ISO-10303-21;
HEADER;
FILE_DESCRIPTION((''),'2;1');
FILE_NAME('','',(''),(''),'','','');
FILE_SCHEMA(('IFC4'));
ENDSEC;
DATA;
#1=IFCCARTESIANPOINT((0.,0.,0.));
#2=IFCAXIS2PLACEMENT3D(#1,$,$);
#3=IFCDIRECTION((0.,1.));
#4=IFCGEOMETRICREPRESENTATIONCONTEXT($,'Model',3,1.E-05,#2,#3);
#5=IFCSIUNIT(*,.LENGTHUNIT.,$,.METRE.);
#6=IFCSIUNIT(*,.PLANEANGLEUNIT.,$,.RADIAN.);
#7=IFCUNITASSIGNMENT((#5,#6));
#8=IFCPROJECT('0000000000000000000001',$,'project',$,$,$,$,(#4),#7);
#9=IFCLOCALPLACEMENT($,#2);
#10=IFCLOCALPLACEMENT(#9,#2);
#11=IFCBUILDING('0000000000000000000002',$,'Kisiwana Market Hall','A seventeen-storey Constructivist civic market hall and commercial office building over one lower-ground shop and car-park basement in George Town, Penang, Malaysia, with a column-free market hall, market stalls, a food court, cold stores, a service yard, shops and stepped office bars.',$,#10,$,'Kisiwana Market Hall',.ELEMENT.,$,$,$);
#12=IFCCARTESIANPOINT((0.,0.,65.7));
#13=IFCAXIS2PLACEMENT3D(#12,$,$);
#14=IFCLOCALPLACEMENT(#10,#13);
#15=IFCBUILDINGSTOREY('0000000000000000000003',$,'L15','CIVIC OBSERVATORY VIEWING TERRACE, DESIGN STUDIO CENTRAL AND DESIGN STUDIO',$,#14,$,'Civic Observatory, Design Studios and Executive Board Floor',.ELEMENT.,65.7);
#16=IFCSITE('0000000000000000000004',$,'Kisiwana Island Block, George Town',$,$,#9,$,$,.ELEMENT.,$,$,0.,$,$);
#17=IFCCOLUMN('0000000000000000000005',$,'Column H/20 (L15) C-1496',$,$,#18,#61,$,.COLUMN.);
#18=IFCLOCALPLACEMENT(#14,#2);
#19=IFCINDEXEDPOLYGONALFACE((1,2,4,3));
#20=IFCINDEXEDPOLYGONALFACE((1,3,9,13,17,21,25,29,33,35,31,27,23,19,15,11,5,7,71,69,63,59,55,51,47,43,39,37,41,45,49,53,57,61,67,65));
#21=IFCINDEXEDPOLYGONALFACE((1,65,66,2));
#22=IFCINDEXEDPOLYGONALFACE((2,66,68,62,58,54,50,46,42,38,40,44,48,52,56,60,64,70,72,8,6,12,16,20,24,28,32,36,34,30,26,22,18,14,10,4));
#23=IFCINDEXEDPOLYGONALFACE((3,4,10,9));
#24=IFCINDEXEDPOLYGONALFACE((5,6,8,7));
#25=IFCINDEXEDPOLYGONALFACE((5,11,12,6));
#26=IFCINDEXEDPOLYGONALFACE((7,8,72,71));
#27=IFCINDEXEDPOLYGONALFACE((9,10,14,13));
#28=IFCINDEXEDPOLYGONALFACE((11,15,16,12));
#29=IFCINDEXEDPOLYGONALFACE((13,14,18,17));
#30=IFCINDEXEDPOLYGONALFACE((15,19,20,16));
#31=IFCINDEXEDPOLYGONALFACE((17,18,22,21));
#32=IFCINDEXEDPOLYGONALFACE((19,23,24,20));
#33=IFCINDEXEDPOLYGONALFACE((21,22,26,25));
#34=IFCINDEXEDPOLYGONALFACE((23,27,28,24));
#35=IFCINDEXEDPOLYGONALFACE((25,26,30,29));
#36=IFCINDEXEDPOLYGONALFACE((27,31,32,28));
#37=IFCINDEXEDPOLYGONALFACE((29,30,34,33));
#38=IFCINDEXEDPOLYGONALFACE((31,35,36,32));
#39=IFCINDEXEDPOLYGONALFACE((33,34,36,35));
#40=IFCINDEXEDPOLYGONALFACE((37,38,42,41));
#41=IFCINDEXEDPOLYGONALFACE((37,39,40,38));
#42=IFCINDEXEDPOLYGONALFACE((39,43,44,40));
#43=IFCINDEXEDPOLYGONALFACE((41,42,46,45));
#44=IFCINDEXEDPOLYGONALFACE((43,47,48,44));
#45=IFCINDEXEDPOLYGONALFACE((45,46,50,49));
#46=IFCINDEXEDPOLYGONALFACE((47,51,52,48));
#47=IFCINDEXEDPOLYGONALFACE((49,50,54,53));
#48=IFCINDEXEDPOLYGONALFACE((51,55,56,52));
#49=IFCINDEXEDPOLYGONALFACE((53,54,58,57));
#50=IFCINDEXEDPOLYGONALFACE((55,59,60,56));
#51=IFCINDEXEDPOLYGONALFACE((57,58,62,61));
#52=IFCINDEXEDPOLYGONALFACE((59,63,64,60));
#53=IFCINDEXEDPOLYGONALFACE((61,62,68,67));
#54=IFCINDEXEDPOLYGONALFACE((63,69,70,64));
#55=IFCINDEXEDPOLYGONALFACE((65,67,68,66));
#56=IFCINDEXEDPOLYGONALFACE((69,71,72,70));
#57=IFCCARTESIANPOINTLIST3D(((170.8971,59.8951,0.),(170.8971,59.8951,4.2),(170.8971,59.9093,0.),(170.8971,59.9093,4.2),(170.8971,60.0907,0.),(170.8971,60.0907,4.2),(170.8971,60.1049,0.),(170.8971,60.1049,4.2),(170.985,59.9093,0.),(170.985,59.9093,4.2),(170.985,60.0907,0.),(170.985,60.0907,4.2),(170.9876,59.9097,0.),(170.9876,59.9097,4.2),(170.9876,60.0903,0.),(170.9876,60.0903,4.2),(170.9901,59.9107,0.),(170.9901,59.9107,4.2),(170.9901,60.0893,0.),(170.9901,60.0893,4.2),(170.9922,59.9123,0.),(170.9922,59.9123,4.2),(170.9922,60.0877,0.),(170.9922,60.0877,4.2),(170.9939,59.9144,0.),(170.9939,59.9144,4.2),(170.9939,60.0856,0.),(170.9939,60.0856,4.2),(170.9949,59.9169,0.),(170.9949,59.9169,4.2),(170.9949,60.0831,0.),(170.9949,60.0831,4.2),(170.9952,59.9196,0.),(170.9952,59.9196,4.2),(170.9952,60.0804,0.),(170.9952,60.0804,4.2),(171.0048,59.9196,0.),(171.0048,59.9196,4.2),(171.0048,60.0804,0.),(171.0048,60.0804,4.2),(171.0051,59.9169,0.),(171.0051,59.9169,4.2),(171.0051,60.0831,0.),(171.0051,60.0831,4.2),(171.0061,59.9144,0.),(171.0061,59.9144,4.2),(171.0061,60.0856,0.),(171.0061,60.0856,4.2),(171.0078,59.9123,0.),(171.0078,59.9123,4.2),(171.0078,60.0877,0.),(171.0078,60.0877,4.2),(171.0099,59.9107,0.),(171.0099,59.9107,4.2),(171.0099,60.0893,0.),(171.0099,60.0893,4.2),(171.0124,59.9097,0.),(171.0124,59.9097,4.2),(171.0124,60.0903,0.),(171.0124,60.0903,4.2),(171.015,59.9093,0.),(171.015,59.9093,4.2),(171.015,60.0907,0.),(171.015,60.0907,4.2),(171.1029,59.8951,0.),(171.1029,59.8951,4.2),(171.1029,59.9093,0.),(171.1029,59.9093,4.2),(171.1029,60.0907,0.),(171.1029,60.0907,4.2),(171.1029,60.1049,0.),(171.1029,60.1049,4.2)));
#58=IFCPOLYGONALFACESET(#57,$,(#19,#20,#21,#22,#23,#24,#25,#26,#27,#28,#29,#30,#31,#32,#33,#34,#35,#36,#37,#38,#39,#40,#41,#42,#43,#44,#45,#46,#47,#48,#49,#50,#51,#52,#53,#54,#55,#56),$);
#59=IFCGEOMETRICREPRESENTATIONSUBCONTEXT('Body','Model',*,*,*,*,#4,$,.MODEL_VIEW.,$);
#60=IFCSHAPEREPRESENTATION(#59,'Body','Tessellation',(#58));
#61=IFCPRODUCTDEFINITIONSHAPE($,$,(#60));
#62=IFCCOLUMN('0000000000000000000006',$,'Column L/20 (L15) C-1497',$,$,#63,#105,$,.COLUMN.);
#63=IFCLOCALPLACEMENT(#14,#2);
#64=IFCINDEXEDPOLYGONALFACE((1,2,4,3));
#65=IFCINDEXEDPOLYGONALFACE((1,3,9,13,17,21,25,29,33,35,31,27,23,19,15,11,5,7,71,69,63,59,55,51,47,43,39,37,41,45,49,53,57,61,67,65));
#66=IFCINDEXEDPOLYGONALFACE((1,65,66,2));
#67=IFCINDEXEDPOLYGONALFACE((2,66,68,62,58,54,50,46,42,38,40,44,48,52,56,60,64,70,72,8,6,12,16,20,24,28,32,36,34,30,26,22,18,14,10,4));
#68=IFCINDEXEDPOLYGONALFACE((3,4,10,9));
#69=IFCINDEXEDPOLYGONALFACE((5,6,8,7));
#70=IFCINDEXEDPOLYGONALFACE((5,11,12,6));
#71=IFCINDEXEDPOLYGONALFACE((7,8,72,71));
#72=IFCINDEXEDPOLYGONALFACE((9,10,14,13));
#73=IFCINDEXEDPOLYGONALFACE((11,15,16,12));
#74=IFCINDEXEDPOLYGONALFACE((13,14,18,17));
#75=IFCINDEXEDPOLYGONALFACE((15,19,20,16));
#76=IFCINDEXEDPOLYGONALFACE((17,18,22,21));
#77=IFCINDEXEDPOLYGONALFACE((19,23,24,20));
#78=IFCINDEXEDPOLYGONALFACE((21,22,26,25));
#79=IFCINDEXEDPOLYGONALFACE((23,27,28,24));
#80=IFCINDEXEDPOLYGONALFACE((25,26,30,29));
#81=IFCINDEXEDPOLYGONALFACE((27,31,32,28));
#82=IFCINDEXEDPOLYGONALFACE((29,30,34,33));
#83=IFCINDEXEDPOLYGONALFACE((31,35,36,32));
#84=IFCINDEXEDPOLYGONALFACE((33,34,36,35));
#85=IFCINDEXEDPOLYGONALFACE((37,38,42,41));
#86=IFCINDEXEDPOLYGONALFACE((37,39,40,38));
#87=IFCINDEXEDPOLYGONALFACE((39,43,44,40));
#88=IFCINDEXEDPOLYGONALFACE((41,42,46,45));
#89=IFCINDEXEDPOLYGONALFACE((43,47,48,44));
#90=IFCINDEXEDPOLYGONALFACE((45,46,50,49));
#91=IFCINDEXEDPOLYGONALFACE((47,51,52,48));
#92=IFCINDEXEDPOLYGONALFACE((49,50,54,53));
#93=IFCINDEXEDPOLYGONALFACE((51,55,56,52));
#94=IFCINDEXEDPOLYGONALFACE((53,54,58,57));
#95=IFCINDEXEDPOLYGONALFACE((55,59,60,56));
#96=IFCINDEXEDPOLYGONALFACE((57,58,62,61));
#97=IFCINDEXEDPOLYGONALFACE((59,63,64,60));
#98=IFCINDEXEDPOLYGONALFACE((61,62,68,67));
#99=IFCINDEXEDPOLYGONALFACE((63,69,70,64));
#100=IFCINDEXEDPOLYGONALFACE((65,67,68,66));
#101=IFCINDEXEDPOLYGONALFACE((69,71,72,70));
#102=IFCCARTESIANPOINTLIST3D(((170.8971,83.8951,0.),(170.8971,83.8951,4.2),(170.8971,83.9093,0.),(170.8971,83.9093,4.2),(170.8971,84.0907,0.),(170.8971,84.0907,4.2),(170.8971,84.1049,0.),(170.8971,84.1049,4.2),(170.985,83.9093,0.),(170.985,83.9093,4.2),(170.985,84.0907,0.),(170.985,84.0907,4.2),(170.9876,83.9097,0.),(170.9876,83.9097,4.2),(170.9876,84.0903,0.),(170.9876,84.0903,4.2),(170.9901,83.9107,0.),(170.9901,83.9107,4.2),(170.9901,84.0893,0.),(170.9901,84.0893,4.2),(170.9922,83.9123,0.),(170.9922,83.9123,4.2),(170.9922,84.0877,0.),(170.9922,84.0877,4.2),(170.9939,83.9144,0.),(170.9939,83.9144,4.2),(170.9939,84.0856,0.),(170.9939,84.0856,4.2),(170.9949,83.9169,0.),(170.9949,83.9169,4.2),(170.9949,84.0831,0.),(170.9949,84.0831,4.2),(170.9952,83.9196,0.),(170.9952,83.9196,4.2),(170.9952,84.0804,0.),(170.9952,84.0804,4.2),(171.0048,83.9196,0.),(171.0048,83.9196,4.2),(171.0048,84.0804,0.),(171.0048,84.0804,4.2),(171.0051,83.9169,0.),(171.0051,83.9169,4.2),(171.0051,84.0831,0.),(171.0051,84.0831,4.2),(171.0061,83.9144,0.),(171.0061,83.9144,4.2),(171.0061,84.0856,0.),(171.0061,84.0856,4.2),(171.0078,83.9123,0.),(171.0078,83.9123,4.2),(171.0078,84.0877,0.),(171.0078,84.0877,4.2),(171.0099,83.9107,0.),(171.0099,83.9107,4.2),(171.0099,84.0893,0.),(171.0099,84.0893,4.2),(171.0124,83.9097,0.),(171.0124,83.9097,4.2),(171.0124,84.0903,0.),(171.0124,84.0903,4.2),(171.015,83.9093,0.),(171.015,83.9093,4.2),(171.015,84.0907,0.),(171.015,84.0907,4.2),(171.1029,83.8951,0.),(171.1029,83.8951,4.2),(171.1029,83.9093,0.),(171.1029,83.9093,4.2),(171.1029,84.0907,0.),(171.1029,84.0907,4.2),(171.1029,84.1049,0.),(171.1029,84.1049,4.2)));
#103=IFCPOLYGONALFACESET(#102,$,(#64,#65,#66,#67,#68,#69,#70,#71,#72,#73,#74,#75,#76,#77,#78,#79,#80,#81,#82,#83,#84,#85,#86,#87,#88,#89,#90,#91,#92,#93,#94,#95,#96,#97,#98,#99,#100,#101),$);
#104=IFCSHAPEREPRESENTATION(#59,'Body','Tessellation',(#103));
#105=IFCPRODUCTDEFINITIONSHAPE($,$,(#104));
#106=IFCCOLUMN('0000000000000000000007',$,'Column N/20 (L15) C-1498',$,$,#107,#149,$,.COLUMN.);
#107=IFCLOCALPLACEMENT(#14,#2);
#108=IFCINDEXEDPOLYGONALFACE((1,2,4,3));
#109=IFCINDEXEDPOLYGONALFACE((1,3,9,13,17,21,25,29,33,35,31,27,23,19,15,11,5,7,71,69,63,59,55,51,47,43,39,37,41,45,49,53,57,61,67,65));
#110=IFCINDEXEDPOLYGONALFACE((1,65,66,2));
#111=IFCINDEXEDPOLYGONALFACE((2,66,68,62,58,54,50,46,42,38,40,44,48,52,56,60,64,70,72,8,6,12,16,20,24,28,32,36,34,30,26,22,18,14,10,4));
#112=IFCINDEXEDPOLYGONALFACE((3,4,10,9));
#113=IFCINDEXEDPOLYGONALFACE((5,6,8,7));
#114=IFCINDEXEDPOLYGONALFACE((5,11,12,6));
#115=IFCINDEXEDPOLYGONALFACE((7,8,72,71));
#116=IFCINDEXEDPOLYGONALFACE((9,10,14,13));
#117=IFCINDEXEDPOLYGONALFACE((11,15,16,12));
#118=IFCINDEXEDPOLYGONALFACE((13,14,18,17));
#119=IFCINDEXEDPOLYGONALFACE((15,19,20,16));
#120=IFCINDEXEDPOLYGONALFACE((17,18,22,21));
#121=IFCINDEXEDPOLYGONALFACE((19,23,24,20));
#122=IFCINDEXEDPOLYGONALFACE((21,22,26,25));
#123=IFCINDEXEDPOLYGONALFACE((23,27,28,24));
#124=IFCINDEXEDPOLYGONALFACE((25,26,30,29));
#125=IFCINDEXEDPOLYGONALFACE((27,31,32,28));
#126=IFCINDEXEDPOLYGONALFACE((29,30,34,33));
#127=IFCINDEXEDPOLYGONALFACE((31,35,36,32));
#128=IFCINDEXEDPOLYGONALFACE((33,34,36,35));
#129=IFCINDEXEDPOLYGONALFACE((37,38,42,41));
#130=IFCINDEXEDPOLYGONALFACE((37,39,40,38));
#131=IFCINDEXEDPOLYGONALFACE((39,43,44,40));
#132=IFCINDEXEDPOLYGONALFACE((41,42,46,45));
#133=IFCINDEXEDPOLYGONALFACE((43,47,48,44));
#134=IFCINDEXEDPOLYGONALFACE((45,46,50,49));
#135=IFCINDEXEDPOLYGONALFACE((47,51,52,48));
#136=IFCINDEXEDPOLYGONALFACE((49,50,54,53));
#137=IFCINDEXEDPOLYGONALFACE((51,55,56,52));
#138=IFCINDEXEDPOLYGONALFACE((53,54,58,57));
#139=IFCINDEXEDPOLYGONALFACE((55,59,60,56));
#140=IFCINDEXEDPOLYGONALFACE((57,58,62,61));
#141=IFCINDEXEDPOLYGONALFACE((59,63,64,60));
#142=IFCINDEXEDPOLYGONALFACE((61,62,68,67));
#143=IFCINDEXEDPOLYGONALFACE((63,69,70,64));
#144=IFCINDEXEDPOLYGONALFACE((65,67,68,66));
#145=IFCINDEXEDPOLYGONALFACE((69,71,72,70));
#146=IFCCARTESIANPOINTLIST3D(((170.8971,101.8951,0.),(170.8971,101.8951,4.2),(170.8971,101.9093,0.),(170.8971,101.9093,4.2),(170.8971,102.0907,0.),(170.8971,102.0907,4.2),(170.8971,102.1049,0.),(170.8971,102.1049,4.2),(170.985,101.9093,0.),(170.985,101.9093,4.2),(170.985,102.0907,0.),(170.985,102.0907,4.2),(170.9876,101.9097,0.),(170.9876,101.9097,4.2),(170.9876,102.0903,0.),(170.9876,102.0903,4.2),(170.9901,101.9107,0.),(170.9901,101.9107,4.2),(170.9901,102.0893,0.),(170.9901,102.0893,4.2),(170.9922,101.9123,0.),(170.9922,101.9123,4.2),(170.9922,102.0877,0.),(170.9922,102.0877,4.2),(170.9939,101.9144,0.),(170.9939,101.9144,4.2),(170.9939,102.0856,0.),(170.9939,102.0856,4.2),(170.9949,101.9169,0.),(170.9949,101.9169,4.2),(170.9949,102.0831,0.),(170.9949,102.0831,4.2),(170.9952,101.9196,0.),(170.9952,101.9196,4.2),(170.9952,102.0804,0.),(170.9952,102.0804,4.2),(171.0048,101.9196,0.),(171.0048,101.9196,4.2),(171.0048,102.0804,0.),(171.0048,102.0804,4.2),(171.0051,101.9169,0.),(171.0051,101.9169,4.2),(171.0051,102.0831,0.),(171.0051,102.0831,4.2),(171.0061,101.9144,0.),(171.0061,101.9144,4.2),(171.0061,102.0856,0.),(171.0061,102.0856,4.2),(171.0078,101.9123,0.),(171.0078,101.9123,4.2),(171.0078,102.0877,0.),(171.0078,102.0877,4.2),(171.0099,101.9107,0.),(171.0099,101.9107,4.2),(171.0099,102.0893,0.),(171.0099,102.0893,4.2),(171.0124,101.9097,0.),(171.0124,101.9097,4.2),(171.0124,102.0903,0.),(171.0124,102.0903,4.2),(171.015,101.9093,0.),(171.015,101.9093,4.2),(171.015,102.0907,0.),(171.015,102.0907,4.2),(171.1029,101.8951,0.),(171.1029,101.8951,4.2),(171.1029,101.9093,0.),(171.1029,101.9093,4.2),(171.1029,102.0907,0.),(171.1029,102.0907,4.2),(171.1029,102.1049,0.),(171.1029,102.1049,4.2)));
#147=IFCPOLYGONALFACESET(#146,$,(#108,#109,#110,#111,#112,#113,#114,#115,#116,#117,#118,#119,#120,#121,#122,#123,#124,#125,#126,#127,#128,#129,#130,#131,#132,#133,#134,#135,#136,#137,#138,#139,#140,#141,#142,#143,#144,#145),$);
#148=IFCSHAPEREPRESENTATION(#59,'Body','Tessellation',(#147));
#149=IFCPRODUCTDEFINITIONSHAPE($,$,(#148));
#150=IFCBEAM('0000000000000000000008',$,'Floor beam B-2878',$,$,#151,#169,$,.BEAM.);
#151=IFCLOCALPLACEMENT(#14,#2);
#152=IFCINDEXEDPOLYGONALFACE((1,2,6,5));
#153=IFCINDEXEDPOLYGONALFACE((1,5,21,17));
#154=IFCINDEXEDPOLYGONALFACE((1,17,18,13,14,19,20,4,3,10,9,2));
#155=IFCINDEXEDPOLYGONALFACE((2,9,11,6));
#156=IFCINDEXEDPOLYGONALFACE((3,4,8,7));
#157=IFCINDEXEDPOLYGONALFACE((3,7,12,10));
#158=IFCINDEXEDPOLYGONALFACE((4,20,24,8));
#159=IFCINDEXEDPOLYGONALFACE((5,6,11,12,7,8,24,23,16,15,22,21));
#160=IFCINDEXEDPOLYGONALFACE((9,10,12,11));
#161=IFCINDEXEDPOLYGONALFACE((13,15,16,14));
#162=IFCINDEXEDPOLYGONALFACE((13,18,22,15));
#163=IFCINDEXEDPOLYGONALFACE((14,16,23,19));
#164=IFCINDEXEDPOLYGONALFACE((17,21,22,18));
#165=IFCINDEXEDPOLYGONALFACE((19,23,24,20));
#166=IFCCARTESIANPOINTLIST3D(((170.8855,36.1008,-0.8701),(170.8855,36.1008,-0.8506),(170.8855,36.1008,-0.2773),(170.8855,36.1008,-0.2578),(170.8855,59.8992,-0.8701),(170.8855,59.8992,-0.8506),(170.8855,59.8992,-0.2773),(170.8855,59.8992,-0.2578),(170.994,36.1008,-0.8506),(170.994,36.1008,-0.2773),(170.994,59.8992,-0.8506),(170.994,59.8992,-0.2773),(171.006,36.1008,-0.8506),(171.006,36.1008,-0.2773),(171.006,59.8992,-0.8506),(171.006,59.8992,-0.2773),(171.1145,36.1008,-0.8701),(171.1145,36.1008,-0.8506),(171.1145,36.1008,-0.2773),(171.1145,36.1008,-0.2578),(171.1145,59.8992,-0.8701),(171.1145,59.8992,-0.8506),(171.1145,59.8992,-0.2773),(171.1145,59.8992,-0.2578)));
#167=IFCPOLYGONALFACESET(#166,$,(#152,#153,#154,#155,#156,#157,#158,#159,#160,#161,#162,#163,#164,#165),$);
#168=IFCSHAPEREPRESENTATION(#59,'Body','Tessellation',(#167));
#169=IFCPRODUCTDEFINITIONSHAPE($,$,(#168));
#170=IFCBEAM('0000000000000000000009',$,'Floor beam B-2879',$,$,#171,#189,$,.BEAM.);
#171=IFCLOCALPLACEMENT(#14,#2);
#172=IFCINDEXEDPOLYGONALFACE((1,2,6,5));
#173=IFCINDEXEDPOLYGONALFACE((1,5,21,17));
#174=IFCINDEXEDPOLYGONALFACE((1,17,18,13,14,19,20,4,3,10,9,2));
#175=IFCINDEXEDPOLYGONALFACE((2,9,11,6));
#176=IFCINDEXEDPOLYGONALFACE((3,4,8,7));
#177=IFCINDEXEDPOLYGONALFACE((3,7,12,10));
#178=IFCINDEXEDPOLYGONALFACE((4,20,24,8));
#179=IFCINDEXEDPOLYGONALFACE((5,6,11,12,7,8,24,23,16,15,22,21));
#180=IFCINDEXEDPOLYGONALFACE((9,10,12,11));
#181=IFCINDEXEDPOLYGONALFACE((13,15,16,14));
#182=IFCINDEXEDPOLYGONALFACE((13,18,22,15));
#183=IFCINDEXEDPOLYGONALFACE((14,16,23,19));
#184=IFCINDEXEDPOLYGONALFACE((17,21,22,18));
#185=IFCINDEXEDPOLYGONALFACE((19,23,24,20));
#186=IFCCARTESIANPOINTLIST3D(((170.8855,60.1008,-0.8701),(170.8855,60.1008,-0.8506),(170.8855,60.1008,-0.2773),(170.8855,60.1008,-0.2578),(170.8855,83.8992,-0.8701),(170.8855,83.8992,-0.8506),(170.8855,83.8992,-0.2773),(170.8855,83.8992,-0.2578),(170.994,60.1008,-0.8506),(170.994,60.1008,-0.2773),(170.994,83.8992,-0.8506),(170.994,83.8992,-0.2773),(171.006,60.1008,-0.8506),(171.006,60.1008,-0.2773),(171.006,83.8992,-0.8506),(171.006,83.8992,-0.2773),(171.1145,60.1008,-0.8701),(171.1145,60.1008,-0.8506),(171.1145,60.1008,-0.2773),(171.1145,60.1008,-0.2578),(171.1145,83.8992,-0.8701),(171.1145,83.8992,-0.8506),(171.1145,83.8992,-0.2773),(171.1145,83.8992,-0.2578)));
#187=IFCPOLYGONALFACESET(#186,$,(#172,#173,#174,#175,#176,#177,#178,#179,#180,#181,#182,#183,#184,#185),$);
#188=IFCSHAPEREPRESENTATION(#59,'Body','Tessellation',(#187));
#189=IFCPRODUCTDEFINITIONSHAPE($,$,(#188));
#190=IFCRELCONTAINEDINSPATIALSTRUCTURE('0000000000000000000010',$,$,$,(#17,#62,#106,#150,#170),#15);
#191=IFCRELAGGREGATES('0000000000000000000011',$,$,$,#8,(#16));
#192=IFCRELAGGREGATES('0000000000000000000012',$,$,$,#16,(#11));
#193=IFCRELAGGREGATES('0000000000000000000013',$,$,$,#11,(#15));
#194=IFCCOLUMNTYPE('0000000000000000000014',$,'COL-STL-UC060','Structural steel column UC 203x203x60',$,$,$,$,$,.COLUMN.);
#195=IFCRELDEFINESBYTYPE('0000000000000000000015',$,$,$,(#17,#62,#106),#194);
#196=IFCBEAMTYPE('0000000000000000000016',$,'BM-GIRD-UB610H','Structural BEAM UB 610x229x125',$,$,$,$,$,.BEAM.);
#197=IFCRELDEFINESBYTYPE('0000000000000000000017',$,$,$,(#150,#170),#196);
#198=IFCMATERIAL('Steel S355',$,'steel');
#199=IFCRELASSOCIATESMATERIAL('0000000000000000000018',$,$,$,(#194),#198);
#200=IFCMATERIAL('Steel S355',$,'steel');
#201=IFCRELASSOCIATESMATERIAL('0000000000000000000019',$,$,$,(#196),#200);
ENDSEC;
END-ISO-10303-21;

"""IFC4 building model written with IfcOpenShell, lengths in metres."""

from ifc_helpers import new_model, si_unit, direction, frame, origin, origin_2d, place, context, subcontext, project, spatial, i_section, extrude, material, material_profile, profile_set, type_object, element, save


model = new_model("IFC4")

# Units and contexts
model_context = context("Model", 3, precision=1e-05, world=origin(), true_north=direction((0.0, 1.0)))
body_context = subcontext(model_context, "Body", "Model", "MODEL_VIEW")
ifc_project = project(units=[si_unit("LENGTHUNIT", "METRE"), si_unit("PLANEANGLEUNIT", "RADIAN")], contexts=[model_context])

# Site, building, storey
site_placement = place(None, origin())
site = spatial("IfcSite", under=ifc_project, at=site_placement, Name="Kisiwana Island Block, George Town", CompositionType="ELEMENT", RefElevation=0.0)
building_placement = place(site_placement, origin())
building = spatial("IfcBuilding", under=site, at=building_placement, Name="Kisiwana Market Hall", Description="A seventeen-storey Constructivist civic market hall and commercial office building over one lower-ground shop and car-park basement in George Town, Penang, Malaysia, with a column-free market hall, market stalls, a food court, cold stores, a service yard, shops and stepped office bars.", LongName="Kisiwana Market Hall", CompositionType="ELEMENT")
storey_placement = place(building_placement, frame((0.0, 0.0, 65.7)))
storey = spatial("IfcBuildingStorey", under=building, at=storey_placement, Name="L15", Description="CIVIC OBSERVATORY VIEWING TERRACE, DESIGN STUDIO CENTRAL AND DESIGN STUDIO", LongName="Civic Observatory, Design Studios and Executive Board Floor", CompositionType="ELEMENT", Elevation=65.7)

# Columns
ifc_material_1 = material(Name="Steel S355", Category="steel")
ifc_material_profile_1 = material_profile(ifc_material_1, i_section(OverallWidth=0.2058, OverallDepth=0.2097, WebThickness=0.0095, FlangeThickness=0.0142, FilletRadius=0.0103, at=origin_2d()), Name="UC 203x203x60")
ifc_profile_set_1 = profile_set([ifc_material_profile_1], Name="Steel S355")
column_type = type_object("IfcColumnType", Name="COL-STL-UC060", Description="Structural steel column UC 203x203x60", PredefinedType="COLUMN", material=ifc_profile_set_1)
for number, where, z_axis, x_axis, name in (
    (1, (171.0, 60.0, 0.0), (0.0, 0.0, 1.0), (1.0, 0.0, 0.0), "Column H/20 (L15) C-1496"),
    (2, (171.0, 84.0, 0.0), (0.0, 0.0, 1.0), (1.0, 0.0, 0.0), "Column L/20 (L15) C-1497"),
    (3, (171.0, 102.0, 0.0), (0.0, 0.0, 1.0), (1.0, 0.0, 0.0), "Column N/20 (L15) C-1498"),
):
    element("IfcColumn", number, at=place(storey_placement, frame(where, z_axis=z_axis, x_axis=x_axis)), inside=storey, type_object=column_type, Name=name, PredefinedType="COLUMN", context=body_context, shape_type="SweptSolid", body=[
        extrude(i_section(OverallWidth=0.2058, OverallDepth=0.2097, WebThickness=0.0095, FlangeThickness=0.0142, FilletRadius=0.0103, at=origin_2d()), origin(), (0.0, 0.0, 1.0), 4.2),
    ])

# Beams
ifc_material_2 = material(Name="Steel S355", Category="steel")
ifc_material_profile_2 = material_profile(ifc_material_2, i_section(OverallWidth=0.229, OverallDepth=0.6123, WebThickness=0.012, FlangeThickness=0.0195, at=origin_2d()), Name="UB 610x229x125")
ifc_profile_set_2 = profile_set([ifc_material_profile_2], Name="Steel S355")
beam_type_1 = type_object("IfcBeamType", Name="BM-GIRD-UB610H", Description="Structural BEAM UB 610x229x125", PredefinedType="BEAM", material=ifc_profile_set_2)
for number, where, z_axis, x_axis, name in (
    (4, (171.0, 36.1008, -0.564), (0.0, 1.0, 0.0), (-1.0, 0.0, 0.0), "Floor beam B-2878"),
    (5, (171.0, 60.1008, -0.564), (0.0, 1.0, 0.0), (-1.0, 0.0, 0.0), "Floor beam B-2879"),
):
    element("IfcBeam", number, at=place(storey_placement, frame(where, z_axis=z_axis, x_axis=x_axis)), inside=storey, type_object=beam_type_1, Name=name, PredefinedType="BEAM", context=body_context, shape_type="SweptSolid", body=[
        extrude(i_section(OverallWidth=0.229, OverallDepth=0.6123, WebThickness=0.012, FlangeThickness=0.0195, at=origin_2d()), origin(), (0.0, 0.0, 1.0), 23.7983),
    ])

save(model, "model.ifc")
